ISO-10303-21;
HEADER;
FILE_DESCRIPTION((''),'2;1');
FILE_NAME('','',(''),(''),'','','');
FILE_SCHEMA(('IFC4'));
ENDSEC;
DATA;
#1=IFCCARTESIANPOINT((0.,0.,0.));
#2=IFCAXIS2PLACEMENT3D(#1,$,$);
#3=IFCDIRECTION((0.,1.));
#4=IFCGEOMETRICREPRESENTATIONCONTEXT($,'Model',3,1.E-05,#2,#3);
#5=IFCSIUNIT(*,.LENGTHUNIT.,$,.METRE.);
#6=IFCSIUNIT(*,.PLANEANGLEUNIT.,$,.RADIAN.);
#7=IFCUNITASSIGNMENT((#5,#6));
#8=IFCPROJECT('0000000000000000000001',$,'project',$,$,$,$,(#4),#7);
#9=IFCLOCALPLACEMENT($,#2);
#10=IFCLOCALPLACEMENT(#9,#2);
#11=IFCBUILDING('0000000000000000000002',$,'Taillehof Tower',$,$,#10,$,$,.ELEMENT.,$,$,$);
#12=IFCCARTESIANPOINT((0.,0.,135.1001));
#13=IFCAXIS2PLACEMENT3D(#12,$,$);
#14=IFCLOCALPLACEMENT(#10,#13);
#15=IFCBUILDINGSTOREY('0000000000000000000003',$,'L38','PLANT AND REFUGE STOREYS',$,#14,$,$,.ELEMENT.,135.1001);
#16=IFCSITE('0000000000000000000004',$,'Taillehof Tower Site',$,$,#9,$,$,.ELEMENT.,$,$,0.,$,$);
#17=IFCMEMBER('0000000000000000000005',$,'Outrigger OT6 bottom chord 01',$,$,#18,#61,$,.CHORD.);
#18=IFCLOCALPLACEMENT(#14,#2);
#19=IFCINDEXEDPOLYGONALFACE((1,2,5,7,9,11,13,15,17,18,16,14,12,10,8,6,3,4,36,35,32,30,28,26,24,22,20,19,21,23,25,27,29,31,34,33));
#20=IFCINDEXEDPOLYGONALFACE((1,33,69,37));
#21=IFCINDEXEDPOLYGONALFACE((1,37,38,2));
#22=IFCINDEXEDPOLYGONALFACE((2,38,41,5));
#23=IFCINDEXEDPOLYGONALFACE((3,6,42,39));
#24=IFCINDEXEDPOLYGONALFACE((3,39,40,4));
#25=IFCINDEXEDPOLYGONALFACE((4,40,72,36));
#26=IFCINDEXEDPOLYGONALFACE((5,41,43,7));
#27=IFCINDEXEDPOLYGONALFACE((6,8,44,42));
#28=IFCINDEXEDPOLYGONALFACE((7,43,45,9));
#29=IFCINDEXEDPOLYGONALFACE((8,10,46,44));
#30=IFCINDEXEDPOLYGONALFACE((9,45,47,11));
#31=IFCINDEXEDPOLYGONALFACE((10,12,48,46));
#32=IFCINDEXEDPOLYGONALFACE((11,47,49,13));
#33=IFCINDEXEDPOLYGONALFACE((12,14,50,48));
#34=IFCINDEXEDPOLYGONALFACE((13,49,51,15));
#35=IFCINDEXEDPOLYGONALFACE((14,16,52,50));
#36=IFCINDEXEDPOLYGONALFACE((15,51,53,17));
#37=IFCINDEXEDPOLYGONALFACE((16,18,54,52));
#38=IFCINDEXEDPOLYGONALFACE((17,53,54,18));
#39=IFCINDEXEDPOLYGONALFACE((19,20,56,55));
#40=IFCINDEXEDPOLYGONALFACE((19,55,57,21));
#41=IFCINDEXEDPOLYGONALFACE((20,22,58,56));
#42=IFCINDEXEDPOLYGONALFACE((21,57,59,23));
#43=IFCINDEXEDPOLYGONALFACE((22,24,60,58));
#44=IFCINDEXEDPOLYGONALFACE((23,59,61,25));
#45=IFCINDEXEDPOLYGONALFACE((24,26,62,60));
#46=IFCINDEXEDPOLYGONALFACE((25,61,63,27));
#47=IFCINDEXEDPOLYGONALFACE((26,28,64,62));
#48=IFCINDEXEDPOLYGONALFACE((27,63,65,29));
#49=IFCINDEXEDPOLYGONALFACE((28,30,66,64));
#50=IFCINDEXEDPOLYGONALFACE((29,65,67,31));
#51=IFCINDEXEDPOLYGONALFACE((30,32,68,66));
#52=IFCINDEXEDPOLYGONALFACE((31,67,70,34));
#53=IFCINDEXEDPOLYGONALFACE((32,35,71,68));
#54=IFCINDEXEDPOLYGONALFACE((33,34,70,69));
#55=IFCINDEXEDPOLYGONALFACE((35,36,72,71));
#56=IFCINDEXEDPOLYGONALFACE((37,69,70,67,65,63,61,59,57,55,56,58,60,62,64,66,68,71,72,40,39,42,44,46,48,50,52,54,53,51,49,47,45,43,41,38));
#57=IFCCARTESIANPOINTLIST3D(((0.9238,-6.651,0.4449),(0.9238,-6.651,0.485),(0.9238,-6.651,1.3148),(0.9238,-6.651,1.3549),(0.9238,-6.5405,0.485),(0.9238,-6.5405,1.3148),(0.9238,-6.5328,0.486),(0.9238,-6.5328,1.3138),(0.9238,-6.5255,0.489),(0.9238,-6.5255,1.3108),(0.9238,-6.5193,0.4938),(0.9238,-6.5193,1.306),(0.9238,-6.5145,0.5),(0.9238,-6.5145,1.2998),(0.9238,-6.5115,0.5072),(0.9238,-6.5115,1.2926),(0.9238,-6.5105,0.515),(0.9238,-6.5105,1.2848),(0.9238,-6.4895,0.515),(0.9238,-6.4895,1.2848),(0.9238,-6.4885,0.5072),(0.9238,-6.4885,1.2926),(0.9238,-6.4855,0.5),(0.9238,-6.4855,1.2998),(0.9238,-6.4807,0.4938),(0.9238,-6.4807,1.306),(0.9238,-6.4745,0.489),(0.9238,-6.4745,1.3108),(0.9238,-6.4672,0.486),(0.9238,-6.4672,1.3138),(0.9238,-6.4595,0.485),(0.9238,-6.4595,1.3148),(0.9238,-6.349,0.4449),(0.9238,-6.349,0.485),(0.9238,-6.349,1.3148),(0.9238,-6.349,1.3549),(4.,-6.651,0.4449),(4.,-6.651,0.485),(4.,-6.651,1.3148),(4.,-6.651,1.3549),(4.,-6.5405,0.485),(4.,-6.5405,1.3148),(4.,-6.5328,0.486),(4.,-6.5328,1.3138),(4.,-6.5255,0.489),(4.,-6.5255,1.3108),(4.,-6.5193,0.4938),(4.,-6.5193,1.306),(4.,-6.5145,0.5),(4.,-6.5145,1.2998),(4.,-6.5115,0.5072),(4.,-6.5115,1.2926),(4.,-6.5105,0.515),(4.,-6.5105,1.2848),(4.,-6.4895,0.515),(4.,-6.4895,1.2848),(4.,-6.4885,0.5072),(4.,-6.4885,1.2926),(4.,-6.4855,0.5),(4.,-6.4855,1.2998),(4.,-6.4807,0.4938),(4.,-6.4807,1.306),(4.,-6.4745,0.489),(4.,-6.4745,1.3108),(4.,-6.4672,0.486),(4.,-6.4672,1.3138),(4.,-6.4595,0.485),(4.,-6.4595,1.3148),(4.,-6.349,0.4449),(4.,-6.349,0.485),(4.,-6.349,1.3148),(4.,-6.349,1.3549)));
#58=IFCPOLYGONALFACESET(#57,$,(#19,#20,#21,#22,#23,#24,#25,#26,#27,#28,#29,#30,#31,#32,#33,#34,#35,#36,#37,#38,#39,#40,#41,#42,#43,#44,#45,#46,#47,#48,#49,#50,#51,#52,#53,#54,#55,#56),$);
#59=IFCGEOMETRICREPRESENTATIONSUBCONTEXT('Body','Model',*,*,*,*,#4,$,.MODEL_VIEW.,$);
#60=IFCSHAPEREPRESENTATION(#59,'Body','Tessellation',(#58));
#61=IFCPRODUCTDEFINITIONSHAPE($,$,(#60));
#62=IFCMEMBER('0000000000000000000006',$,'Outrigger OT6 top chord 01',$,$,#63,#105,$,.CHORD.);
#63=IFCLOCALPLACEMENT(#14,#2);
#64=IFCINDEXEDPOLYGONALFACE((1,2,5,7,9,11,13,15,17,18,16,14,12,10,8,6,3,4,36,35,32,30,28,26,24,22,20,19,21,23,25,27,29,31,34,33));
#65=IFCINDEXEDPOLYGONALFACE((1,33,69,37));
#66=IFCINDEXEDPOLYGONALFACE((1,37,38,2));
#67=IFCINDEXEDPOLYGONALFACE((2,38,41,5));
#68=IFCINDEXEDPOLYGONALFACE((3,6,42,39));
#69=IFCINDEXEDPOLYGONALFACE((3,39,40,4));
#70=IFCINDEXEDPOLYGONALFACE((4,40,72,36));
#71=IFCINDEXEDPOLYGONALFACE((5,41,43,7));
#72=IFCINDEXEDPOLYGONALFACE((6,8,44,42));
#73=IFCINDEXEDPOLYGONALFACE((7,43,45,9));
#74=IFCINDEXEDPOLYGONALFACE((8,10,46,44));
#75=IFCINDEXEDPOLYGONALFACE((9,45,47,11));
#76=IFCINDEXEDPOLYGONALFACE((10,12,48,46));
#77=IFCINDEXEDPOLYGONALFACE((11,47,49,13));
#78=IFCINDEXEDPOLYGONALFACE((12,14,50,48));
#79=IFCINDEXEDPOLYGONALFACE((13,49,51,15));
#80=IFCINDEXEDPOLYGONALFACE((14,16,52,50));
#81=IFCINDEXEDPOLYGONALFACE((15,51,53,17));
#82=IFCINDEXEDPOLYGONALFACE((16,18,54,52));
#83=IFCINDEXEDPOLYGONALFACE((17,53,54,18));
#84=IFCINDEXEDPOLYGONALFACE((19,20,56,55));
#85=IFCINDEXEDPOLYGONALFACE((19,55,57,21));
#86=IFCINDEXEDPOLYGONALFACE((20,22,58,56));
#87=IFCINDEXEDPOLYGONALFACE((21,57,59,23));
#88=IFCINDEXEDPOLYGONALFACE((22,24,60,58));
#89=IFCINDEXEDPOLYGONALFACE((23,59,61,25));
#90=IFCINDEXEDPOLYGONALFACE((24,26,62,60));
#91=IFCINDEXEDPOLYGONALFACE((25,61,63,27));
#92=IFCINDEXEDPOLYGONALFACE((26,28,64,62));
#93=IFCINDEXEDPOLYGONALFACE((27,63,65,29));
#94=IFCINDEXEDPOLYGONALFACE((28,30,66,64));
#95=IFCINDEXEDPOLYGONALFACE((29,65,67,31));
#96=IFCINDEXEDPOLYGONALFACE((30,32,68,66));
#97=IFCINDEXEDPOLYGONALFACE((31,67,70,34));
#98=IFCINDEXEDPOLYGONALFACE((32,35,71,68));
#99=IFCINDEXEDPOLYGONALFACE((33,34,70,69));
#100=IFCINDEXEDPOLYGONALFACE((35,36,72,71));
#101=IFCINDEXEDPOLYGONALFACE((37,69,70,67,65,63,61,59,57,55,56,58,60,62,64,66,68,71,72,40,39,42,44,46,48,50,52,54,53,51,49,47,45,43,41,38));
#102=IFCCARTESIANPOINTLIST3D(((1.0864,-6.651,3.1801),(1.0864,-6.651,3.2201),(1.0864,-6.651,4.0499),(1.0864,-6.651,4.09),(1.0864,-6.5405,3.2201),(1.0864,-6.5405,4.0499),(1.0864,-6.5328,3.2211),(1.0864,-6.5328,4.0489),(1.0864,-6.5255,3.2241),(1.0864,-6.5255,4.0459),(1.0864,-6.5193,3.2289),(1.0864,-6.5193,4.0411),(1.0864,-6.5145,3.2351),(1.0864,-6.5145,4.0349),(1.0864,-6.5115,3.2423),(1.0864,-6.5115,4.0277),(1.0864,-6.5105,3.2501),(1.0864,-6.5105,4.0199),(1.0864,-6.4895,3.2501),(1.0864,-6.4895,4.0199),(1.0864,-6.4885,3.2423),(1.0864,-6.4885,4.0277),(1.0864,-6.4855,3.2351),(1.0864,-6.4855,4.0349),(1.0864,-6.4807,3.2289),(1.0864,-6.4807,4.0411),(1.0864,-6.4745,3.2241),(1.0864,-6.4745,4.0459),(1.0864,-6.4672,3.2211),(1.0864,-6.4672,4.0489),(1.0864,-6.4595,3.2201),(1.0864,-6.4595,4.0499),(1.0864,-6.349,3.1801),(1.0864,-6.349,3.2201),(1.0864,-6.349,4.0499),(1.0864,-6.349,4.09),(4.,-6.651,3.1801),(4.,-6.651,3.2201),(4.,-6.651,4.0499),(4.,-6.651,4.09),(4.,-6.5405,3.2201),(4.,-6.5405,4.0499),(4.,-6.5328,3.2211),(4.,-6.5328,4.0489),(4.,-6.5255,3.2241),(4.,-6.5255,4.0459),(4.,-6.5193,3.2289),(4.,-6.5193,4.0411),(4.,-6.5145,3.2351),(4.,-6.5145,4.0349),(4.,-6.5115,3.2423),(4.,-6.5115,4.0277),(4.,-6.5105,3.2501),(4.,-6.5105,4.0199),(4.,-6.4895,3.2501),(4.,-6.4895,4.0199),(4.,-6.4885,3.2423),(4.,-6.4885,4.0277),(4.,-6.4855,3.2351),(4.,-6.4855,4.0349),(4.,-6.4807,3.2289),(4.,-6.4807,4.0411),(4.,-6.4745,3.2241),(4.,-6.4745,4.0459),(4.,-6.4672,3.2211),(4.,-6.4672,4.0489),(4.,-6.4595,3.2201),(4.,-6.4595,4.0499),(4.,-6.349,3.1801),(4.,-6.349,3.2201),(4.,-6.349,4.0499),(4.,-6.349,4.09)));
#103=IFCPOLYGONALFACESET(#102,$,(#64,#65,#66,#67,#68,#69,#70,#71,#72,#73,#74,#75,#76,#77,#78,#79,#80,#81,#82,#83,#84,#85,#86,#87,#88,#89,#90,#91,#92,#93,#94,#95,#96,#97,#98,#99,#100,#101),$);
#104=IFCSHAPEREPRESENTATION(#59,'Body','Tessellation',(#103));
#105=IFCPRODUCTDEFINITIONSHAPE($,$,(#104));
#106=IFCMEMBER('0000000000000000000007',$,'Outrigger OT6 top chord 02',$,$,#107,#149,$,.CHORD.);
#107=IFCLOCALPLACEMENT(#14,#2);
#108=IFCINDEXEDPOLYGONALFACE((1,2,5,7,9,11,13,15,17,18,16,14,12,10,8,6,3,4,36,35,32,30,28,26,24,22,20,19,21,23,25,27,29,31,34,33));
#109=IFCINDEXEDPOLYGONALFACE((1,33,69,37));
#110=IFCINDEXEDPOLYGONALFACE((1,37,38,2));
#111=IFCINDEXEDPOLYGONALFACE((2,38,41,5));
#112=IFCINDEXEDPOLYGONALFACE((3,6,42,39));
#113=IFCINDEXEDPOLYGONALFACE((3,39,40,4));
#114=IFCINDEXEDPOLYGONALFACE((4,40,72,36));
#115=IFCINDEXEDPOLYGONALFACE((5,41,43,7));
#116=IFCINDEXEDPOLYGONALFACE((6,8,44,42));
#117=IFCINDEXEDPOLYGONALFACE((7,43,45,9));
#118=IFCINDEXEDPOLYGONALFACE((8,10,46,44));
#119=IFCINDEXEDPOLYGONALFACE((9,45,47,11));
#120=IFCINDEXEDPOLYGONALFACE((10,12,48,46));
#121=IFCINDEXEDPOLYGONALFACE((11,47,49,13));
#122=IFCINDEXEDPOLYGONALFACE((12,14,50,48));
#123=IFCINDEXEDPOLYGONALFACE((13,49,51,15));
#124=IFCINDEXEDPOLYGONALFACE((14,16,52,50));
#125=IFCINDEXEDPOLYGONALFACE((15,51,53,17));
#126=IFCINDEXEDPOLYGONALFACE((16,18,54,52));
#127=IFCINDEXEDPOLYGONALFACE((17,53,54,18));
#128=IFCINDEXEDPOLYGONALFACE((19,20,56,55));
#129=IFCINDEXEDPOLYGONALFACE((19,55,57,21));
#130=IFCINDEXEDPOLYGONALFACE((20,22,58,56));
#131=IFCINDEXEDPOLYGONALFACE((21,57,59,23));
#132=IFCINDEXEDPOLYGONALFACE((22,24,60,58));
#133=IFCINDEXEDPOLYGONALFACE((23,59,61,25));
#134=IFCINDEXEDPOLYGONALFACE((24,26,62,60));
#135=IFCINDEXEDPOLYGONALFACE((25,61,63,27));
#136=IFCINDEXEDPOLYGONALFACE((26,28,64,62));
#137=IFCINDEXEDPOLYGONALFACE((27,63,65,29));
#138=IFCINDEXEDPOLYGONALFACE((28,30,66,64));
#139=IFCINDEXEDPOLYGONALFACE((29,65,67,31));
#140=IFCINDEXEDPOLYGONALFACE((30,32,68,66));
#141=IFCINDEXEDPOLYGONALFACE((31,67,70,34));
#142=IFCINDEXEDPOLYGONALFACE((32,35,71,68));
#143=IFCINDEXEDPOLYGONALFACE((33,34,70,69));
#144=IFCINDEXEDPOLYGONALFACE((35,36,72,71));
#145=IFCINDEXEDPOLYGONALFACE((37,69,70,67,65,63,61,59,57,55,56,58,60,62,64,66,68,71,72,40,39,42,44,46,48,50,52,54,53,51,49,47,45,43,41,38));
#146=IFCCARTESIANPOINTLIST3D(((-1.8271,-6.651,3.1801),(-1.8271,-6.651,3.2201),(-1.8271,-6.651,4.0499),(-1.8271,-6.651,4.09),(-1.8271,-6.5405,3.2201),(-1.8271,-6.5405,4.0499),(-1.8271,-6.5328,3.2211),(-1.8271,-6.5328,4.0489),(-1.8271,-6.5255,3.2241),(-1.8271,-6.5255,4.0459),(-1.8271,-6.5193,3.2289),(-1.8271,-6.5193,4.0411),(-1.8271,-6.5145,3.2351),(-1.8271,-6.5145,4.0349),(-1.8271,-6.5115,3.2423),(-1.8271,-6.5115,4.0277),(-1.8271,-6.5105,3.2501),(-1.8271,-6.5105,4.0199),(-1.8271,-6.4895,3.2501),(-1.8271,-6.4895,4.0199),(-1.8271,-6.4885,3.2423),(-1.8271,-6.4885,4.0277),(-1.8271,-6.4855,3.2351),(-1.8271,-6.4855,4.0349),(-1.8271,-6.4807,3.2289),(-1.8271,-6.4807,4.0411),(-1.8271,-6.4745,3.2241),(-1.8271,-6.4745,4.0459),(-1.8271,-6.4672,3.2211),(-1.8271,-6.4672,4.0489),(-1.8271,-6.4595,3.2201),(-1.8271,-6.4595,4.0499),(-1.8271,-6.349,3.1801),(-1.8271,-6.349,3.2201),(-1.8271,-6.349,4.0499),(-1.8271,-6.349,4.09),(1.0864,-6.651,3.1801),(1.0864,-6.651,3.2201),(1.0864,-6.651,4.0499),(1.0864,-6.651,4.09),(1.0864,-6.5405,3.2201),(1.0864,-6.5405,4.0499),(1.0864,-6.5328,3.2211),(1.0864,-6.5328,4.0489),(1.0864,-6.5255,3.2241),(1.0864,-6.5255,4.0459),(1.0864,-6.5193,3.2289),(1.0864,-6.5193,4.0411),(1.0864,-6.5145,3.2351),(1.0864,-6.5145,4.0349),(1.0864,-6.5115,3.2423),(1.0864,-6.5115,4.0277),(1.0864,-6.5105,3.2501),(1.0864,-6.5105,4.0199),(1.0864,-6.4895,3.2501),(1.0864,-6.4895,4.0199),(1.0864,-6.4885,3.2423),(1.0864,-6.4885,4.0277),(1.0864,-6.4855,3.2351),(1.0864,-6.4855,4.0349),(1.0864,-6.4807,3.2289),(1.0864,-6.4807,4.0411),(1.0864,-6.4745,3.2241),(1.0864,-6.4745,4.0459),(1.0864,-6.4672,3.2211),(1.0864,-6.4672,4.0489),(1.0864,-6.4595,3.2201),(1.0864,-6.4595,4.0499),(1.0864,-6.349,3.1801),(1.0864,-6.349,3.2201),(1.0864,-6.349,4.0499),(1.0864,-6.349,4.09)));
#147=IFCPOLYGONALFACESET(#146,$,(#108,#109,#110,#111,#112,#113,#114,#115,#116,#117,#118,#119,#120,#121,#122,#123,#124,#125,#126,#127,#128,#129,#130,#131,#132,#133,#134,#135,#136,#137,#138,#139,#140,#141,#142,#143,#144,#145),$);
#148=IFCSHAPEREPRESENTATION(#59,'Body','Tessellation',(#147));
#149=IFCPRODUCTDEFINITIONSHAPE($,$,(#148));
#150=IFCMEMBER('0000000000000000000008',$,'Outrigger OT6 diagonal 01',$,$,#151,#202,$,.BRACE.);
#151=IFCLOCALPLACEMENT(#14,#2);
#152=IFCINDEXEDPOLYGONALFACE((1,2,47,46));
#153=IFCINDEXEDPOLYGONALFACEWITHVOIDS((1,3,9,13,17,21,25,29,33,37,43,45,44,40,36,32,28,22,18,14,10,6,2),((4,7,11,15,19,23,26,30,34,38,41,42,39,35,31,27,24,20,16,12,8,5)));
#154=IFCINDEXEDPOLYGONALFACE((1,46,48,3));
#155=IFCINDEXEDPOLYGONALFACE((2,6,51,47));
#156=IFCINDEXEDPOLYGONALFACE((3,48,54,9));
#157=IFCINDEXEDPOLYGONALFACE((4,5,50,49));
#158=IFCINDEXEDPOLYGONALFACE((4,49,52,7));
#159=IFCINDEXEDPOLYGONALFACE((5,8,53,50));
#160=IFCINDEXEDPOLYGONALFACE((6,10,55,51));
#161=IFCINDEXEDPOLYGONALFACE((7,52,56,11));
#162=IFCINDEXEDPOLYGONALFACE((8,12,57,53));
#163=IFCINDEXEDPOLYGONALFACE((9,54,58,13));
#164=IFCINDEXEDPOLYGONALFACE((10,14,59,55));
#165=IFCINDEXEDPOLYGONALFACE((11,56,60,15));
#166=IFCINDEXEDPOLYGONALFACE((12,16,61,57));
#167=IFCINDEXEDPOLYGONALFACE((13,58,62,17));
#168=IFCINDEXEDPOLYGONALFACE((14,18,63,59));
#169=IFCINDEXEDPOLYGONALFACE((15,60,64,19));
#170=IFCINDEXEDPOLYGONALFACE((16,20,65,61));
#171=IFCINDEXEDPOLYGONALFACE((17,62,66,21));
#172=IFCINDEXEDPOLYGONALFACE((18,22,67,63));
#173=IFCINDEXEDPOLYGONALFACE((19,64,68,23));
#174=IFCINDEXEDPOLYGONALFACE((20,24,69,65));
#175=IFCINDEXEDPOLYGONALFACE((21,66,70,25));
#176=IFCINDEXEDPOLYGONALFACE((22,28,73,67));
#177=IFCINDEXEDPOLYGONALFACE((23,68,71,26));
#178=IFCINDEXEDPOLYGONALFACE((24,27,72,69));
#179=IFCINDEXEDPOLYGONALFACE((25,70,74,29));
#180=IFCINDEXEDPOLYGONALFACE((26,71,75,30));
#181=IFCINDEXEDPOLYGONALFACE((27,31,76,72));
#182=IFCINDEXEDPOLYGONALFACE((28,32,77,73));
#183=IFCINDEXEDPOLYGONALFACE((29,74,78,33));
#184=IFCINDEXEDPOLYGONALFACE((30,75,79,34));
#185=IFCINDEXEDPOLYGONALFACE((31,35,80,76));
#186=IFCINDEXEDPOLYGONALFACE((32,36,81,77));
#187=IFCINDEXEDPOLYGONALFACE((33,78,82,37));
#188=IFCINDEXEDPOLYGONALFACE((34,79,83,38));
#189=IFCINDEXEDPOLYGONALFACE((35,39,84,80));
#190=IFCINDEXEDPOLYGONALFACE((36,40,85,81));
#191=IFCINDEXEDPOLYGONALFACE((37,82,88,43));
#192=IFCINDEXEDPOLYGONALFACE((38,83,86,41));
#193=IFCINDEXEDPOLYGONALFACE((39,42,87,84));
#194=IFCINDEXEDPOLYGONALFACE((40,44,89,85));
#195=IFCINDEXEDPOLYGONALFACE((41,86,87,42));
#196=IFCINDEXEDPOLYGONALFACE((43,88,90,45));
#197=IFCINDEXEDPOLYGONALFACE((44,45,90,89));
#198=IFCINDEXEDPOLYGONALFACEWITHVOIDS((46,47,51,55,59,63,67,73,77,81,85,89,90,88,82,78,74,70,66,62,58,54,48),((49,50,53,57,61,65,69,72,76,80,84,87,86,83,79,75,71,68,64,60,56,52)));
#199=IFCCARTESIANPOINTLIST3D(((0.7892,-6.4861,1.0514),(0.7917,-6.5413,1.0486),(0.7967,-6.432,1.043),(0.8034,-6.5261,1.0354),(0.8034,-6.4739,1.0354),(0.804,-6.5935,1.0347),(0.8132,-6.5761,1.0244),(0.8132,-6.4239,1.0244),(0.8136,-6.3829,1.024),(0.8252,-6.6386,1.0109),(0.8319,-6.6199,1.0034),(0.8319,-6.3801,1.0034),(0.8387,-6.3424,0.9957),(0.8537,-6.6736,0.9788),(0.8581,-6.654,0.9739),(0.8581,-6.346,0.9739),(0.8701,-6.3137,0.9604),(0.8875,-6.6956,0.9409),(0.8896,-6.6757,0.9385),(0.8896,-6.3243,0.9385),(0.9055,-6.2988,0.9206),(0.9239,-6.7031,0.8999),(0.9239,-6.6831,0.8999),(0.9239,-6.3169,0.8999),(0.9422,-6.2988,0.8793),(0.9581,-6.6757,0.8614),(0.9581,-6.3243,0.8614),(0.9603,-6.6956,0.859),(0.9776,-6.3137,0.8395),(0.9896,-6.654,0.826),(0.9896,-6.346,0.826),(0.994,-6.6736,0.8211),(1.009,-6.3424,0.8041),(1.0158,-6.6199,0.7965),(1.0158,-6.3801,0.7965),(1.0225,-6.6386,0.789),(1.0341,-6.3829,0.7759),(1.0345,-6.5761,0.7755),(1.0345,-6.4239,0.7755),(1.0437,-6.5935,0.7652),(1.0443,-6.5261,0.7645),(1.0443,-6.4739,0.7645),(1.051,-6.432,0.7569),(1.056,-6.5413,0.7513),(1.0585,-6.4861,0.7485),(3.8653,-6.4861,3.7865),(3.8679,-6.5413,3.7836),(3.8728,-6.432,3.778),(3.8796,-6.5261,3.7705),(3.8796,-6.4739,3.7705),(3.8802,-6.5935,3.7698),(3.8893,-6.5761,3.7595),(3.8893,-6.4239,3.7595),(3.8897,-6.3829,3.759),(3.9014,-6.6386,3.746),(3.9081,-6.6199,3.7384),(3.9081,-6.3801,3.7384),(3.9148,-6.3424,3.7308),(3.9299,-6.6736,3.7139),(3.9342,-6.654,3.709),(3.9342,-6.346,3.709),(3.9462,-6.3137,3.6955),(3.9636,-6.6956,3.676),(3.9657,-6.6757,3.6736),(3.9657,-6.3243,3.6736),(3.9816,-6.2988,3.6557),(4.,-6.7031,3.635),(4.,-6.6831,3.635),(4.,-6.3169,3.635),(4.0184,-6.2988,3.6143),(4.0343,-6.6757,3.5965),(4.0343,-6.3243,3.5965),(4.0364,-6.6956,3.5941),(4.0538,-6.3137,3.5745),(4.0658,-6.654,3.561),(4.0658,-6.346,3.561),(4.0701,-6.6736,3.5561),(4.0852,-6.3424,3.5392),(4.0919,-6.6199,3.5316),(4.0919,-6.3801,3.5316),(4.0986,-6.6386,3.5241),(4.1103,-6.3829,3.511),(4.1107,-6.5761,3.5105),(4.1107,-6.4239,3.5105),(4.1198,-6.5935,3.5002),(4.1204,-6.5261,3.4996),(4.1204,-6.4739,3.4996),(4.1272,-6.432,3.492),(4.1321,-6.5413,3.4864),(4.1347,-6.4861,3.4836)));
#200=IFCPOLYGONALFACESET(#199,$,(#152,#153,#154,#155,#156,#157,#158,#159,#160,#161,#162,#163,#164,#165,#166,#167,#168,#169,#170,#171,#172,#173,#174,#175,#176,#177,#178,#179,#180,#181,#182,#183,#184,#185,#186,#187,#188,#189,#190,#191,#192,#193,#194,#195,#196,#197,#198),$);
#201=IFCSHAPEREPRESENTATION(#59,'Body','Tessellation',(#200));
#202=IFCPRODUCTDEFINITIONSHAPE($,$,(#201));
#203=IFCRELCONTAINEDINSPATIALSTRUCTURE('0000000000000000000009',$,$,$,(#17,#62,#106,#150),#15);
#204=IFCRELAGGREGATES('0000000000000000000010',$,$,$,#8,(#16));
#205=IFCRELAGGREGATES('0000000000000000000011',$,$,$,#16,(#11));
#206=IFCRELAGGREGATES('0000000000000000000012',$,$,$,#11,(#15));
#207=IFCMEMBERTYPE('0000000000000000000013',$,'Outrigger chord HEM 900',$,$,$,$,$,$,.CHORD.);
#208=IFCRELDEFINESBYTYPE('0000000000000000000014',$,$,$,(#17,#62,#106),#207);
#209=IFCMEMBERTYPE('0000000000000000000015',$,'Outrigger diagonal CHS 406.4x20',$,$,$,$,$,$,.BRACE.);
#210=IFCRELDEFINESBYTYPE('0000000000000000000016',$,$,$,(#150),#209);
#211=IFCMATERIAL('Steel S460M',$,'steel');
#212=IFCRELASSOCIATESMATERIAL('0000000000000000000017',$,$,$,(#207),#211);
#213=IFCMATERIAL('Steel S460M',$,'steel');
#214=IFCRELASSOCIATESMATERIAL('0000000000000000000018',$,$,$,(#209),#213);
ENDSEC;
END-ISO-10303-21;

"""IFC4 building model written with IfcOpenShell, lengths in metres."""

from ifc_helpers import new_model, si_unit, direction, frame, origin, origin_2d, place, context, subcontext, project, spatial, hollow_circle, i_section, extrude, material, material_profile, profile_set, type_object, element, save


model = new_model("IFC4")

# Units and contexts
model_context = context("Model", 3, precision=1e-05, world=origin(), true_north=direction((0.0, 1.0)))
body_context = subcontext(model_context, "Body", "Model", "MODEL_VIEW")
ifc_project = project(units=[si_unit("LENGTHUNIT", "METRE"), si_unit("PLANEANGLEUNIT", "RADIAN")], contexts=[model_context])

# Site, building, storey
site_placement = place(None, origin())
site = spatial("IfcSite", under=ifc_project, at=site_placement, Name="Taillehof Tower Site", CompositionType="ELEMENT", RefElevation=0.0)
building_placement = place(site_placement, origin())
building = spatial("IfcBuilding", under=site, at=building_placement, Name="Taillehof Tower", CompositionType="ELEMENT")
storey_placement = place(building_placement, frame((0.0, 0.0, 135.1001)))
storey = spatial("IfcBuildingStorey", under=building, at=storey_placement, Name="L38", Description="PLANT AND REFUGE STOREYS", CompositionType="ELEMENT", Elevation=135.1001)

# Members
ifc_material_1 = material(Name="Steel S460M", Category="steel")
ifc_material_profile_1 = material_profile(ifc_material_1, i_section(OverallWidth=0.302, OverallDepth=0.9099, WebThickness=0.021, FlangeThickness=0.04, FilletRadius=0.03, at=origin_2d()), Name="HEM 900")
ifc_profile_set_1 = profile_set([ifc_material_profile_1], Name="Steel S460M")
member_type_1 = type_object("IfcMemberType", Name="Outrigger chord HEM 900", PredefinedType="CHORD", material=ifc_profile_set_1)
member_1_placement = place(storey_placement, frame((4.0, -6.5, 0.8999), z_axis=(-1.0, 0.0, 0.0), x_axis=(0.0, -1.0, 0.0)))
element("IfcMember", 1, at=member_1_placement, inside=storey, type_object=member_type_1, Name="Outrigger OT6 bottom chord 01", PredefinedType="CHORD", context=body_context, shape_type="SweptSolid", body=[
    extrude(i_section(OverallWidth=0.302, OverallDepth=0.9099, WebThickness=0.021, FlangeThickness=0.04, FilletRadius=0.03, at=origin_2d()), origin(), (0.0, 0.0, 1.0), 3.0762),
])
for number, where, z_axis, x_axis, name in (
    (2, (4.0, -6.5, 3.635), (-1.0, 0.0, 0.0), (0.0, -1.0, 0.0), "Outrigger OT6 top chord 01"),
    (3, (1.0864, -6.5, 3.635), (-1.0, 0.0, 0.0), (0.0, -1.0, 0.0), "Outrigger OT6 top chord 02"),
):
    element("IfcMember", number, at=place(storey_placement, frame(where, z_axis=z_axis, x_axis=x_axis)), inside=storey, type_object=member_type_1, Name=name, PredefinedType="CHORD", context=body_context, shape_type="SweptSolid", body=[
        extrude(i_section(OverallWidth=0.302, OverallDepth=0.9099, WebThickness=0.021, FlangeThickness=0.04, FilletRadius=0.03, at=origin_2d()), origin(), (0.0, 0.0, 1.0), 2.9136),
    ])
ifc_material_2 = material(Name="Steel S460M", Category="steel")
ifc_material_profile_2 = material_profile(ifc_material_2, hollow_circle(Radius=0.2031, WallThickness=0.02, at=origin_2d()), Name="CHS 406.4x20")
ifc_profile_set_2 = profile_set([ifc_material_profile_2], Name="Steel S460M")
member_type_2 = type_object("IfcMemberType", Name="Outrigger diagonal CHS 406.4x20", PredefinedType="BRACE", material=ifc_profile_set_2)
member_2_placement = place(storey_placement, frame((4.0, -6.5, 3.635), z_axis=(-0.747321, 0.0, -0.664463), x_axis=(0.0, -1.0, 0.0)))
element("IfcMember", 4, at=member_2_placement, inside=storey, type_object=member_type_2, Name="Outrigger OT6 diagonal 01", PredefinedType="BRACE", context=body_context, shape_type="SweptSolid", body=[
    extrude(hollow_circle(Radius=0.2031, WallThickness=0.02, at=origin_2d()), origin(), (0.0, 0.0, 1.0), 4.1162),
])

save(model, "model.ifc")
